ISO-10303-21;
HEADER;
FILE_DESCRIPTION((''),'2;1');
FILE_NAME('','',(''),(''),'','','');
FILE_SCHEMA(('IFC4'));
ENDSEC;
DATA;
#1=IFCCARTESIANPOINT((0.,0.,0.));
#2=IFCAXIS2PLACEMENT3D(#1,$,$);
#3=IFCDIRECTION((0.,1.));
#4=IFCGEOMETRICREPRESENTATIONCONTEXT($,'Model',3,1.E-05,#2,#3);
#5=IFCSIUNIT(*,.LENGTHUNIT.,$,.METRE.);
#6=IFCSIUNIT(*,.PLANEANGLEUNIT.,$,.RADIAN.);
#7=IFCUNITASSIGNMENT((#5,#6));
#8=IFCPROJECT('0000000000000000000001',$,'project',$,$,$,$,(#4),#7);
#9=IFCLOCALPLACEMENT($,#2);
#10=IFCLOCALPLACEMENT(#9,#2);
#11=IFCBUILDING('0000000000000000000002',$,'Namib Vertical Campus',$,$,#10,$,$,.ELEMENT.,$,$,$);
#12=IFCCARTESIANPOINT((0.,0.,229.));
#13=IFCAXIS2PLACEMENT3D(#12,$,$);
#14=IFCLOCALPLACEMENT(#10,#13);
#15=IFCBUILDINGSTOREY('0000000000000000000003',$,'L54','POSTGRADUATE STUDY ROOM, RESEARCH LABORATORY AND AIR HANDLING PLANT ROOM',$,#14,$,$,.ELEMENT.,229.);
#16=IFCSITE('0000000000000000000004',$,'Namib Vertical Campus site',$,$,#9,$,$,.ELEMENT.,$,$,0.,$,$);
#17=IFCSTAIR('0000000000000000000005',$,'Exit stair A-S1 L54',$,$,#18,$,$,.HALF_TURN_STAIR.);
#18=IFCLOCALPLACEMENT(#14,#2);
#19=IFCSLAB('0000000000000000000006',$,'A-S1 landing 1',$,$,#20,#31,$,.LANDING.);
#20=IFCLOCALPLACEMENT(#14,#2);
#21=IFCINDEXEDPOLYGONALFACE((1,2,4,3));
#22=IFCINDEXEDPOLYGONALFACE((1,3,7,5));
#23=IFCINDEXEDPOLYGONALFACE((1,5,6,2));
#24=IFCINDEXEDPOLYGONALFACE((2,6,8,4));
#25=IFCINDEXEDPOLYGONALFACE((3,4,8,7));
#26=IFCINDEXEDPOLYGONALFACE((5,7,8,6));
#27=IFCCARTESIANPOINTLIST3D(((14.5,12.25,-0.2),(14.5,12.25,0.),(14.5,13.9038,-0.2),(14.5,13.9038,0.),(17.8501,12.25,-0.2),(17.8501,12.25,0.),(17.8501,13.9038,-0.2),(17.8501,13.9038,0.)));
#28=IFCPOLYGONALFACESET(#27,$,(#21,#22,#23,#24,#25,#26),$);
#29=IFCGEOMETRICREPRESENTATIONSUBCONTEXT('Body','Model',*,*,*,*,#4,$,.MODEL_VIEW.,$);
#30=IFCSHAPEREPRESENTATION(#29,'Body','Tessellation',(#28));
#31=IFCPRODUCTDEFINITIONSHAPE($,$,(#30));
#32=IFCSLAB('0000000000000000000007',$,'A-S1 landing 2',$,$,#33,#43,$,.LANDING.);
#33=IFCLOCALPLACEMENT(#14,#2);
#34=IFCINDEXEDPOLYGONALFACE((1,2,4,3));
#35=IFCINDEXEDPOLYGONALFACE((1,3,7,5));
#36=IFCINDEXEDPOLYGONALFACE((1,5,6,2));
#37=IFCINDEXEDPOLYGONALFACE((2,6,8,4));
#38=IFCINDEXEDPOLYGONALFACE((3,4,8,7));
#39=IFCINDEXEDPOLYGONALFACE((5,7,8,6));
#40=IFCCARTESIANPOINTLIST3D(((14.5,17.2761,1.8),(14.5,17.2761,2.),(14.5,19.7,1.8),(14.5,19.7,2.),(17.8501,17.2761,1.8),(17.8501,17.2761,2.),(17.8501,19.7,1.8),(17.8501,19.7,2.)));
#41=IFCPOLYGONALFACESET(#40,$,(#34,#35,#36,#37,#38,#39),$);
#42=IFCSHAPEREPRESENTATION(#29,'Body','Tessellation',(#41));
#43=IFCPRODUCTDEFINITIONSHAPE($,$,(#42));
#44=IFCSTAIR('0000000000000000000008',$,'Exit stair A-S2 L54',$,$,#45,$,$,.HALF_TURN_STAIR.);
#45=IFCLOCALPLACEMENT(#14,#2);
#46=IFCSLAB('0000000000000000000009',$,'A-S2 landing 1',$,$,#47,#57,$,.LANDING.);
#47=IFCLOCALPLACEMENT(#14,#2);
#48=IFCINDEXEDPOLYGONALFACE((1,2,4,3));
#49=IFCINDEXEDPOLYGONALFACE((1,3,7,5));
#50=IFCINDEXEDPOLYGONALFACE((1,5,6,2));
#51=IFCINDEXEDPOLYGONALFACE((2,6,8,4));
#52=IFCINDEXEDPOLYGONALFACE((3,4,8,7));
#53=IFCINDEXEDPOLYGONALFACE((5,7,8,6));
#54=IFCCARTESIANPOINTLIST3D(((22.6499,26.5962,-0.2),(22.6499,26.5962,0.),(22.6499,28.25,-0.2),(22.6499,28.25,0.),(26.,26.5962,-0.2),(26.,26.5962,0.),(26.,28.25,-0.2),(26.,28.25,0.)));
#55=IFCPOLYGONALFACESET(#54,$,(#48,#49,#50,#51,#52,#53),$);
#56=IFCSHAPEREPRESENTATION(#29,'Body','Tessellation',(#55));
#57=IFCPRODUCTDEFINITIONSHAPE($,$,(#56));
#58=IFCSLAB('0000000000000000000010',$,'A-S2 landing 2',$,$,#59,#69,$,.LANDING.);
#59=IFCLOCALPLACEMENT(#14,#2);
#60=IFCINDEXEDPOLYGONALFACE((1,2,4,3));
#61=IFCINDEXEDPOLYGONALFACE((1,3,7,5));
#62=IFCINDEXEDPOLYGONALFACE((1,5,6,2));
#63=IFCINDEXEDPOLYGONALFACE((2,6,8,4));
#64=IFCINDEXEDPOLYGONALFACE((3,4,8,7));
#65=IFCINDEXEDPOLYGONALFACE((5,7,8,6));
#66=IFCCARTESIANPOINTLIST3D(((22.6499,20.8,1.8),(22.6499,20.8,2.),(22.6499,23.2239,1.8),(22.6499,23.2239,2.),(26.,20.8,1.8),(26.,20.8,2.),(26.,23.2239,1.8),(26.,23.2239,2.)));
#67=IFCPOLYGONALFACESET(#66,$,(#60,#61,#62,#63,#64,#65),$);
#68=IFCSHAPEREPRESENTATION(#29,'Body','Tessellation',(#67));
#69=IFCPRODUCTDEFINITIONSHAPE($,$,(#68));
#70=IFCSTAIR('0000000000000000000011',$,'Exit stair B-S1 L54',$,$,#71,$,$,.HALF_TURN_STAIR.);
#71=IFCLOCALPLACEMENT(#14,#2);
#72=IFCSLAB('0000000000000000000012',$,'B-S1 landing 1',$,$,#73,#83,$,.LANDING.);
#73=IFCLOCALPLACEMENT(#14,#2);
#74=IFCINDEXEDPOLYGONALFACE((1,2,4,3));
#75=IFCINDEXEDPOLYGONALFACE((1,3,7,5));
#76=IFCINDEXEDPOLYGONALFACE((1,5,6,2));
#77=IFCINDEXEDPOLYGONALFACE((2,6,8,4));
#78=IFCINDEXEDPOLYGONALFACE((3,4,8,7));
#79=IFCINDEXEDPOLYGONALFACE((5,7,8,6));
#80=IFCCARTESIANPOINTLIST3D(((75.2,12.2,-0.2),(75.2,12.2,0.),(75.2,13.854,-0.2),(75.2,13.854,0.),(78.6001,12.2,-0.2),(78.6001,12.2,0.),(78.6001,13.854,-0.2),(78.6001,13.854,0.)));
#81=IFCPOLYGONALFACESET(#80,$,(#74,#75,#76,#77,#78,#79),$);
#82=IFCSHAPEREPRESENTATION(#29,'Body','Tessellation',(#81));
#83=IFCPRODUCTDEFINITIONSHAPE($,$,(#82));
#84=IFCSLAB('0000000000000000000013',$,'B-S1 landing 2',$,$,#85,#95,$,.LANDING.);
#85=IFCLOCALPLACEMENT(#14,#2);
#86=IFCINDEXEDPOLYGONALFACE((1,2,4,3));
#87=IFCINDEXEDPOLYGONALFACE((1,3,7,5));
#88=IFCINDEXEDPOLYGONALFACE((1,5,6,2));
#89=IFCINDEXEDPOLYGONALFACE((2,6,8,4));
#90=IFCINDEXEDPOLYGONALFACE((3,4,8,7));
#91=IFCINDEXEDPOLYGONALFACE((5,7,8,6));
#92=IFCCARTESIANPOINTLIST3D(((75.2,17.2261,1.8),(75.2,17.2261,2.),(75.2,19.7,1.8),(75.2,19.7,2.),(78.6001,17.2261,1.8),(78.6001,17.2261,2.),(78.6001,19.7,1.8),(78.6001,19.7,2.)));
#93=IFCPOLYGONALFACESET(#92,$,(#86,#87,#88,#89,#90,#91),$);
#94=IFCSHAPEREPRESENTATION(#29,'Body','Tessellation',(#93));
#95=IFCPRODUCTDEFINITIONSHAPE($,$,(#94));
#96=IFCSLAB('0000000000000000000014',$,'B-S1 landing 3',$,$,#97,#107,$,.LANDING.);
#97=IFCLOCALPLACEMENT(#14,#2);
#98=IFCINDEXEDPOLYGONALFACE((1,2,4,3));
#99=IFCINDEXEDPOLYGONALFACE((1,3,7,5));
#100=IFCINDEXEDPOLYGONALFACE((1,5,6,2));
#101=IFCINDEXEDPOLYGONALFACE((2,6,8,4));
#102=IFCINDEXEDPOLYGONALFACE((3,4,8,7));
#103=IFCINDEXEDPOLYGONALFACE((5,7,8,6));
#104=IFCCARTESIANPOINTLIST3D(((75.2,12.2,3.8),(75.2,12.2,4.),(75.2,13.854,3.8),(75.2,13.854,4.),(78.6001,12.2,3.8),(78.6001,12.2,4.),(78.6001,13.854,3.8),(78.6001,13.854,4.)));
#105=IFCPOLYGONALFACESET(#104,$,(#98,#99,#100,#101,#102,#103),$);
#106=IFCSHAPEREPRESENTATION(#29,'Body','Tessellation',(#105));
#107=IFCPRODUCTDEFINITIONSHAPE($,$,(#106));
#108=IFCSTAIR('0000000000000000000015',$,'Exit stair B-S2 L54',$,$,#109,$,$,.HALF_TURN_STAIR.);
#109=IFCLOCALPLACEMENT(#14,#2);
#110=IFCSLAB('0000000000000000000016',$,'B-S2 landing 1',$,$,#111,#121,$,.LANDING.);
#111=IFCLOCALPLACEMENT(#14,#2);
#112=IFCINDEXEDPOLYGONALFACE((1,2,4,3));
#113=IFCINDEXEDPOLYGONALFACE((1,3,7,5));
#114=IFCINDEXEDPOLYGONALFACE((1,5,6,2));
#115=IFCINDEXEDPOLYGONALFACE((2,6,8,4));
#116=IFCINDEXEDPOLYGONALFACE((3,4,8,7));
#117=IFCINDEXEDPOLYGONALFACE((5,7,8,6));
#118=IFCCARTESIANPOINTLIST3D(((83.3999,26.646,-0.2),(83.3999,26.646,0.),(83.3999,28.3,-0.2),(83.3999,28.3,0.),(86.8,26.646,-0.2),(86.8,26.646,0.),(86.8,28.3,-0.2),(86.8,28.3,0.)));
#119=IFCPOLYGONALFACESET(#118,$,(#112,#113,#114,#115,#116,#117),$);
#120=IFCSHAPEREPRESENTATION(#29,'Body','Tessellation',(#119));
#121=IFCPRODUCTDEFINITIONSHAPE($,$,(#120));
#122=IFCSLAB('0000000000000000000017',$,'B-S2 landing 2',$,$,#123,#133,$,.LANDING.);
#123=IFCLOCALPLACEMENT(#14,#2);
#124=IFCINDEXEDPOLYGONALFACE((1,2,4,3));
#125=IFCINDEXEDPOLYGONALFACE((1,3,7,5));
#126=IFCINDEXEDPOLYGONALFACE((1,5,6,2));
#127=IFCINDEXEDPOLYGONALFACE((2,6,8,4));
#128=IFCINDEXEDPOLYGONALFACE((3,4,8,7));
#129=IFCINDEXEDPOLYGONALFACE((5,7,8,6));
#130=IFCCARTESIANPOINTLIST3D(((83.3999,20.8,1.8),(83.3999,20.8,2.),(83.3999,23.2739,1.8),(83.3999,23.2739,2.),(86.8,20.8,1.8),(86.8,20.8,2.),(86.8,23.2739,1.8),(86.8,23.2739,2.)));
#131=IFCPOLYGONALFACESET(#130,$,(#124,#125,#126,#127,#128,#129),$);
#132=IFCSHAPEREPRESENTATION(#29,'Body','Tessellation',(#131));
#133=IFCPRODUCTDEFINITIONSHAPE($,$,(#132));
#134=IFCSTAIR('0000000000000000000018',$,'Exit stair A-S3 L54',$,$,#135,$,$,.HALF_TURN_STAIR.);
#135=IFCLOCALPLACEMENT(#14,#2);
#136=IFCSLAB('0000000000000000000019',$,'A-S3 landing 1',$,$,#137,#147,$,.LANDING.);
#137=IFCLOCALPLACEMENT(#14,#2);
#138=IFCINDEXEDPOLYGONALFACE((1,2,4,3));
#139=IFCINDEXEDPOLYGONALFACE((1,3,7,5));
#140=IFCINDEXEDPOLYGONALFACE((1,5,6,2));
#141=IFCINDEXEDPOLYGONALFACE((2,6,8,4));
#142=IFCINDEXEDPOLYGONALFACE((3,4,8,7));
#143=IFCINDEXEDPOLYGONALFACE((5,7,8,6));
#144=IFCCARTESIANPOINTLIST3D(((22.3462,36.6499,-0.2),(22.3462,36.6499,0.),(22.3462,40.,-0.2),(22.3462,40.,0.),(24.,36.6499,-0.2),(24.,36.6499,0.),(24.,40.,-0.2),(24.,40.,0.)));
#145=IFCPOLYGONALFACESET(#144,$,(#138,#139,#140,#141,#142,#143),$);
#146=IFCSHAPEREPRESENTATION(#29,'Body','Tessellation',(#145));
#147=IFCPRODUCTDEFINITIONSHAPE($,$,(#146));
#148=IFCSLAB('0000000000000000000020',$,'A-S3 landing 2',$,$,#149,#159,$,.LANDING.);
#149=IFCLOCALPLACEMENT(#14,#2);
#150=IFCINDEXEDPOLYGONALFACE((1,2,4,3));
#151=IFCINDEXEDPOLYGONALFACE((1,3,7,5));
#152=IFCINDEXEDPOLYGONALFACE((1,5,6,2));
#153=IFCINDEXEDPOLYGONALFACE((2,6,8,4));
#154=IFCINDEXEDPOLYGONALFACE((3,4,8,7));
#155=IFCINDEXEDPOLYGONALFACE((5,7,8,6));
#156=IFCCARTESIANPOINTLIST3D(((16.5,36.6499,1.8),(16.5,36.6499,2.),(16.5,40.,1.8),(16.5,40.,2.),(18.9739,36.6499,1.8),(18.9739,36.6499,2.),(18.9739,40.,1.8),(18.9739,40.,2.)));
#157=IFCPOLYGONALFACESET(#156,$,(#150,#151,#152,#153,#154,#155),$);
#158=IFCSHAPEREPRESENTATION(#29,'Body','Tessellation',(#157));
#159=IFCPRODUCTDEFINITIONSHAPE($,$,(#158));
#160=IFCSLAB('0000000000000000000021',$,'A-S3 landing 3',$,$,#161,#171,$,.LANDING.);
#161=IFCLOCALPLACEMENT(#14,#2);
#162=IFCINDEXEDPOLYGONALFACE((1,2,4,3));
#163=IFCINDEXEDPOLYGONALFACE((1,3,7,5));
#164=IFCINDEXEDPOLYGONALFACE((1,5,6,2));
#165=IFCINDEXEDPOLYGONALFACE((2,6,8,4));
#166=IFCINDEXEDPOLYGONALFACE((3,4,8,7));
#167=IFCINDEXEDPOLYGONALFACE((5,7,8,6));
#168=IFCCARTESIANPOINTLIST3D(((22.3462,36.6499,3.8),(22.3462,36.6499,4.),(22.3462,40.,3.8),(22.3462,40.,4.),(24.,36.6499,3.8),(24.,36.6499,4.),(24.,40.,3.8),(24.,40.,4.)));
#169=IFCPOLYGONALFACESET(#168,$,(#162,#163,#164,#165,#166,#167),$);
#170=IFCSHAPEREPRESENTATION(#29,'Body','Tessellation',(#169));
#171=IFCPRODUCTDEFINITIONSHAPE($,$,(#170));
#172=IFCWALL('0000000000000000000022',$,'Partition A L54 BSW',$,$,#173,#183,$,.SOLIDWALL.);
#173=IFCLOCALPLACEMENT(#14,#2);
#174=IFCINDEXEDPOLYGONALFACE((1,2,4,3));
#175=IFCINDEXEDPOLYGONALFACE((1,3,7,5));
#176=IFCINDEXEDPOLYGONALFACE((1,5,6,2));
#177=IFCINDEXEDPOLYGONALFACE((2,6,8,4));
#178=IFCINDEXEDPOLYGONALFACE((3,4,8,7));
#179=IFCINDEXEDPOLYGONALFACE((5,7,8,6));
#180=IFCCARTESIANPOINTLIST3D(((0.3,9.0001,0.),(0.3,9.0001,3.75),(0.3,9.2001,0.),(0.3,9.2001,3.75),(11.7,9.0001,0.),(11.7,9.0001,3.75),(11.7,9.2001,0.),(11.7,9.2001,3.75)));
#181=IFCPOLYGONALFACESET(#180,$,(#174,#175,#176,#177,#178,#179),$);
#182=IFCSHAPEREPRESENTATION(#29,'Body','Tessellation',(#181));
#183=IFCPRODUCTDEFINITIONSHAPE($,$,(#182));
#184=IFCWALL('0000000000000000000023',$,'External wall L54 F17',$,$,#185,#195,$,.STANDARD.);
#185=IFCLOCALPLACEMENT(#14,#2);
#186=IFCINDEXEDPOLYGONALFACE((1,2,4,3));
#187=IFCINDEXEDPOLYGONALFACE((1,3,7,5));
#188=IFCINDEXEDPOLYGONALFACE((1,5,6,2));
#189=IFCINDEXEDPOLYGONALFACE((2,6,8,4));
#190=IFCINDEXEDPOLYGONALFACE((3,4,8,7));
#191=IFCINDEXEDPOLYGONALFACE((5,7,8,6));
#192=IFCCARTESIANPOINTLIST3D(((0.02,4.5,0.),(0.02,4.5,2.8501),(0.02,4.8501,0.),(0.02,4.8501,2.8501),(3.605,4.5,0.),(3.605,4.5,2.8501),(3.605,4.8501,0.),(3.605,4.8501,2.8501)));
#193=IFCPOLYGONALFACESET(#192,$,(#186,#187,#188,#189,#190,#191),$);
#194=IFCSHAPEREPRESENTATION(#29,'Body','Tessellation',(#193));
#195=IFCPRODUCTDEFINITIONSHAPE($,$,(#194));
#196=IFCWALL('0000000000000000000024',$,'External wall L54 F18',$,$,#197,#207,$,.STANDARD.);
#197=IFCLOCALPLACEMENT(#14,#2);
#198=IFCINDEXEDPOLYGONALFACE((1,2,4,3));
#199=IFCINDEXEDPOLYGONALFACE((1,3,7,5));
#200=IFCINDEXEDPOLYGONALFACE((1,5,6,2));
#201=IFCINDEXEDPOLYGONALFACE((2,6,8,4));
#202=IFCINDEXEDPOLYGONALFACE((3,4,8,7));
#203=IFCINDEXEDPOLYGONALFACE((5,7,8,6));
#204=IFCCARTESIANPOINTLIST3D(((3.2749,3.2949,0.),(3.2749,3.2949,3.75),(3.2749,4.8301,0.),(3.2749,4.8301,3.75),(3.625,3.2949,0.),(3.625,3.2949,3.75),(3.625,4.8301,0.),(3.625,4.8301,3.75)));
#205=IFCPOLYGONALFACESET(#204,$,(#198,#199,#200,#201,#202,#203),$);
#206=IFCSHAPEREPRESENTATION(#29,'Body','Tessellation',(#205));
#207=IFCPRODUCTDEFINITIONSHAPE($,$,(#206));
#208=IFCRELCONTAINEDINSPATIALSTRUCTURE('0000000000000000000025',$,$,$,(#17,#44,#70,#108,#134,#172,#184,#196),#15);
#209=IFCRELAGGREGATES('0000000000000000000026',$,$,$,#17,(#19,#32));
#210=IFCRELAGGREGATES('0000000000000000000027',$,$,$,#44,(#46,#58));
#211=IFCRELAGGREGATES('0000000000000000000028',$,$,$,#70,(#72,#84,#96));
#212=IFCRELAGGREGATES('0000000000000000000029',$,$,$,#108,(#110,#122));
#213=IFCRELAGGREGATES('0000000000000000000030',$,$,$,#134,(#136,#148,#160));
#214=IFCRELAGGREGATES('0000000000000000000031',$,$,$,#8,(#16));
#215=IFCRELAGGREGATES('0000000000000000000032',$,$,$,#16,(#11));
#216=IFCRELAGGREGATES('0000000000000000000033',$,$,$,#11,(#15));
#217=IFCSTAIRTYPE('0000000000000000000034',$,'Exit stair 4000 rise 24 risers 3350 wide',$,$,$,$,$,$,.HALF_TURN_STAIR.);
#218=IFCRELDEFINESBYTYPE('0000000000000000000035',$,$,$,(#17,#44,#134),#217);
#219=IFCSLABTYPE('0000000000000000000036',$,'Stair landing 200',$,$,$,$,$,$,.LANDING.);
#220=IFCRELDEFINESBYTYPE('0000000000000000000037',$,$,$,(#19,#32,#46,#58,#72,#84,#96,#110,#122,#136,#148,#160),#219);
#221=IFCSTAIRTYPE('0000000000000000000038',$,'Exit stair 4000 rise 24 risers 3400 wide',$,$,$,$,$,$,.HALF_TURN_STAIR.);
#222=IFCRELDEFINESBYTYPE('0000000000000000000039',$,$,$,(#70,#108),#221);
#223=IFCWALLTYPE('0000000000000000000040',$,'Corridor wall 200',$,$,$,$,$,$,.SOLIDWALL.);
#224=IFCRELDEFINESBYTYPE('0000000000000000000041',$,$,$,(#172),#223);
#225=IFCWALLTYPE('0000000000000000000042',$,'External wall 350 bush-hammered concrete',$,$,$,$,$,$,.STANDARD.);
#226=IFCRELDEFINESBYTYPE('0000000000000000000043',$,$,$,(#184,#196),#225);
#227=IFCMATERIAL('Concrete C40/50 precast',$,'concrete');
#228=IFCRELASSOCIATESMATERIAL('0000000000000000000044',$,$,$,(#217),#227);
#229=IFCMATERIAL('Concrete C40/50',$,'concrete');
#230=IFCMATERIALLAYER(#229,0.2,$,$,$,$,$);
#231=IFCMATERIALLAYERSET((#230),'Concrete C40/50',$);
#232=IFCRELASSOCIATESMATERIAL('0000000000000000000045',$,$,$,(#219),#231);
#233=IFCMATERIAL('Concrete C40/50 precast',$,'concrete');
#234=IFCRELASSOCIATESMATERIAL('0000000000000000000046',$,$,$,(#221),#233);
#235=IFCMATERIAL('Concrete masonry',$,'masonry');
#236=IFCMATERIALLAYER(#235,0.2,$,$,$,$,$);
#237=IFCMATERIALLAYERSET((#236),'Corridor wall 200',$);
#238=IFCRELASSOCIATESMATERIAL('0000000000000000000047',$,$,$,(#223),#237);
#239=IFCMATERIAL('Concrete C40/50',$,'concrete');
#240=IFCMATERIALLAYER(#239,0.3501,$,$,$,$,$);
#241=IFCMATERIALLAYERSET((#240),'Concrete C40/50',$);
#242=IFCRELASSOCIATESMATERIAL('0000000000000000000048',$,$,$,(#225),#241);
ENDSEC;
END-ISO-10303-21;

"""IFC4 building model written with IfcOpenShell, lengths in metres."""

from ifc_helpers import new_model, si_unit, direction, frame, frame_2d, origin, place, context, subcontext, project, spatial, polyline, rectangle, outline, extrude, material, layer, layer_set, type_object, element, aggregate, save


model = new_model("IFC4")

# Units and contexts
model_context = context("Model", 3, precision=1e-05, world=origin(), true_north=direction((0.0, 1.0)))
body_context = subcontext(model_context, "Body", "Model", "MODEL_VIEW")
ifc_project = project(units=[si_unit("LENGTHUNIT", "METRE"), si_unit("PLANEANGLEUNIT", "RADIAN")], contexts=[model_context])

# Site, building, storey
site_placement = place(None, origin())
site = spatial("IfcSite", under=ifc_project, at=site_placement, Name="Namib Vertical Campus site", CompositionType="ELEMENT", RefElevation=0.0)
building_placement = place(site_placement, origin())
building = spatial("IfcBuilding", under=site, at=building_placement, Name="Namib Vertical Campus", CompositionType="ELEMENT")
storey_placement = place(building_placement, frame((0.0, 0.0, 229.0)))
storey = spatial("IfcBuildingStorey", under=building, at=storey_placement, Name="L54", Description="POSTGRADUATE STUDY ROOM, RESEARCH LABORATORY AND AIR HANDLING PLANT ROOM", CompositionType="ELEMENT", Elevation=229.0)

# Stairs, slabs
ifc_material_1 = material(Name="Concrete C40/50 precast", Category="concrete")
stair_type_1 = type_object("IfcStairType", Name="Exit stair 4000 rise 24 risers 3350 wide", PredefinedType="HALF_TURN_STAIR", material=ifc_material_1)
stair_1_placement = place(storey_placement, origin())
stair_1 = element("IfcStair", 1, at=stair_1_placement, inside=storey, type_object=stair_type_1, Name="Exit stair A-S1 L54", PredefinedType="HALF_TURN_STAIR")
ifc_material_2 = material(Name="Concrete C40/50", Category="concrete")
ifc_layer_1 = layer(ifc_material_2, 0.2)
ifc_layer_set_1 = layer_set([ifc_layer_1], Name="Concrete C40/50")
slab_type_1 = type_object("IfcSlabType", Name="Stair landing 200", PredefinedType="LANDING", material=ifc_layer_set_1)
slab_1_placement = place(storey_placement, frame((0.0, 0.0, -0.2)))
slab_1 = element("IfcSlab", 2, at=slab_1_placement, type_object=slab_type_1, Name="A-S1 landing 1", PredefinedType="LANDING", context=body_context, shape_type="SweptSolid", body=[
    extrude(outline(polyline([(14.5, 12.25), (17.8501, 12.25), (17.8501, 13.9038), (14.5, 13.9038), (14.5, 12.25)])), origin(), (0.0, 0.0, 1.0), 0.2),
])
slab_2_placement = place(storey_placement, frame((0.0, 0.0, 1.8)))
slab_2 = element("IfcSlab", 3, at=slab_2_placement, type_object=slab_type_1, Name="A-S1 landing 2", PredefinedType="LANDING", context=body_context, shape_type="SweptSolid", body=[
    extrude(outline(polyline([(14.5, 17.2761), (17.8501, 17.2761), (17.8501, 19.7), (14.5, 19.7), (14.5, 17.2761)])), origin(), (0.0, 0.0, 1.0), 0.2),
])
aggregate(stair_1, [slab_1, slab_2])
stair_2_placement = place(storey_placement, origin())
stair_2 = element("IfcStair", 4, at=stair_2_placement, inside=storey, type_object=stair_type_1, Name="Exit stair A-S2 L54", PredefinedType="HALF_TURN_STAIR")
slab_3_placement = place(storey_placement, frame((0.0, 0.0, -0.2)))
slab_3 = element("IfcSlab", 5, at=slab_3_placement, type_object=slab_type_1, Name="A-S2 landing 1", PredefinedType="LANDING", context=body_context, shape_type="SweptSolid", body=[
    extrude(outline(polyline([(22.6499, 26.5962), (26.0, 26.5962), (26.0, 28.25), (22.6499, 28.25), (22.6499, 26.5962)])), origin(), (0.0, 0.0, 1.0), 0.2),
])
slab_4_placement = place(storey_placement, frame((0.0, 0.0, 1.8)))
slab_4 = element("IfcSlab", 6, at=slab_4_placement, type_object=slab_type_1, Name="A-S2 landing 2", PredefinedType="LANDING", context=body_context, shape_type="SweptSolid", body=[
    extrude(outline(polyline([(22.6499, 20.8), (26.0, 20.8), (26.0, 23.2239), (22.6499, 23.2239), (22.6499, 20.8)])), origin(), (0.0, 0.0, 1.0), 0.2),
])
aggregate(stair_2, [slab_3, slab_4])
ifc_material_3 = material(Name="Concrete C40/50 precast", Category="concrete")
stair_type_2 = type_object("IfcStairType", Name="Exit stair 4000 rise 24 risers 3400 wide", PredefinedType="HALF_TURN_STAIR", material=ifc_material_3)
stair_3_placement = place(storey_placement, origin())
stair_3 = element("IfcStair", 7, at=stair_3_placement, inside=storey, type_object=stair_type_2, Name="Exit stair B-S1 L54", PredefinedType="HALF_TURN_STAIR")
slab_5_placement = place(storey_placement, frame((0.0, 0.0, -0.2)))
slab_5 = element("IfcSlab", 8, at=slab_5_placement, type_object=slab_type_1, Name="B-S1 landing 1", PredefinedType="LANDING", context=body_context, shape_type="SweptSolid", body=[
    extrude(outline(polyline([(75.2, 12.2), (78.6001, 12.2), (78.6001, 13.854), (75.2, 13.854), (75.2, 12.2)])), origin(), (0.0, 0.0, 1.0), 0.2),
])
slab_6_placement = place(storey_placement, frame((0.0, 0.0, 1.8)))
slab_6 = element("IfcSlab", 9, at=slab_6_placement, type_object=slab_type_1, Name="B-S1 landing 2", PredefinedType="LANDING", context=body_context, shape_type="SweptSolid", body=[
    extrude(outline(polyline([(75.2, 17.2261), (78.6001, 17.2261), (78.6001, 19.7), (75.2, 19.7), (75.2, 17.2261)])), origin(), (0.0, 0.0, 1.0), 0.2),
])
slab_7_placement = place(storey_placement, frame((0.0, 0.0, 3.8)))
slab_7 = element("IfcSlab", 10, at=slab_7_placement, type_object=slab_type_1, Name="B-S1 landing 3", PredefinedType="LANDING", context=body_context, shape_type="SweptSolid", body=[
    extrude(outline(polyline([(75.2, 12.2), (78.6001, 12.2), (78.6001, 13.854), (75.2, 13.854), (75.2, 12.2)])), origin(), (0.0, 0.0, 1.0), 0.2),
])
aggregate(stair_3, [slab_5, slab_6, slab_7])
stair_4_placement = place(storey_placement, origin())
stair_4 = element("IfcStair", 11, at=stair_4_placement, inside=storey, type_object=stair_type_2, Name="Exit stair B-S2 L54", PredefinedType="HALF_TURN_STAIR")
slab_8_placement = place(storey_placement, frame((0.0, 0.0, -0.2)))
slab_8 = element("IfcSlab", 12, at=slab_8_placement, type_object=slab_type_1, Name="B-S2 landing 1", PredefinedType="LANDING", context=body_context, shape_type="SweptSolid", body=[
    extrude(outline(polyline([(83.3999, 26.646), (86.8, 26.646), (86.8, 28.3), (83.3999, 28.3), (83.3999, 26.646)])), origin(), (0.0, 0.0, 1.0), 0.2),
])
slab_9_placement = place(storey_placement, frame((0.0, 0.0, 1.8)))
slab_9 = element("IfcSlab", 13, at=slab_9_placement, type_object=slab_type_1, Name="B-S2 landing 2", PredefinedType="LANDING", context=body_context, shape_type="SweptSolid", body=[
    extrude(outline(polyline([(83.3999, 20.8), (86.8, 20.8), (86.8, 23.2739), (83.3999, 23.2739), (83.3999, 20.8)])), origin(), (0.0, 0.0, 1.0), 0.2),
])
aggregate(stair_4, [slab_8, slab_9])
stair_5_placement = place(storey_placement, origin())
stair_5 = element("IfcStair", 14, at=stair_5_placement, inside=storey, type_object=stair_type_1, Name="Exit stair A-S3 L54", PredefinedType="HALF_TURN_STAIR")
slab_10_placement = place(storey_placement, frame((0.0, 0.0, -0.2)))
slab_10 = element("IfcSlab", 15, at=slab_10_placement, type_object=slab_type_1, Name="A-S3 landing 1", PredefinedType="LANDING", context=body_context, shape_type="SweptSolid", body=[
    extrude(outline(polyline([(22.3462, 36.6499), (22.3462, 40.0), (24.0, 40.0), (24.0, 36.6499), (22.3462, 36.6499)])), origin(), (0.0, 0.0, 1.0), 0.2),
])
slab_11_placement = place(storey_placement, frame((0.0, 0.0, 1.8)))
slab_11 = element("IfcSlab", 16, at=slab_11_placement, type_object=slab_type_1, Name="A-S3 landing 2", PredefinedType="LANDING", context=body_context, shape_type="SweptSolid", body=[
    extrude(outline(polyline([(16.5, 36.6499), (16.5, 40.0), (18.9739, 40.0), (18.9739, 36.6499), (16.5, 36.6499)])), origin(), (0.0, 0.0, 1.0), 0.2),
])
slab_12_placement = place(storey_placement, frame((0.0, 0.0, 3.8)))
slab_12 = element("IfcSlab", 17, at=slab_12_placement, type_object=slab_type_1, Name="A-S3 landing 3", PredefinedType="LANDING", context=body_context, shape_type="SweptSolid", body=[
    extrude(outline(polyline([(22.3462, 36.6499), (22.3462, 40.0), (24.0, 40.0), (24.0, 36.6499), (22.3462, 36.6499)])), origin(), (0.0, 0.0, 1.0), 0.2),
])
aggregate(stair_5, [slab_10, slab_11, slab_12])

# Walls
ifc_material_4 = material(Name="Concrete masonry", Category="masonry")
ifc_layer_2 = layer(ifc_material_4, 0.2)
ifc_layer_set_2 = layer_set([ifc_layer_2], Name="Corridor wall 200")
wall_type_1 = type_object("IfcWallType", Name="Corridor wall 200", PredefinedType="SOLIDWALL", material=ifc_layer_set_2)
wall_1_placement = place(storey_placement, frame((0.3, 9.1001, 0.0), z_axis=(0.0, 0.0, 1.0), x_axis=(1.0, 0.0, 0.0)))
element("IfcWall", 18, at=wall_1_placement, inside=storey, type_object=wall_type_1, Name="Partition A L54 BSW", PredefinedType="SOLIDWALL", context=body_context, shape_type="SweptSolid", body=[
    extrude(rectangle(XDim=11.3999, YDim=0.2, at=frame_2d((5.7, 0.0))), origin(), (0.0, 0.0, 1.0), 3.75),
])
ifc_material_5 = material(Name="Concrete C40/50", Category="concrete")
ifc_layer_3 = layer(ifc_material_5, 0.3501)
ifc_layer_set_3 = layer_set([ifc_layer_3], Name="Concrete C40/50")
wall_type_2 = type_object("IfcWallType", Name="External wall 350 bush-hammered concrete", PredefinedType="STANDARD", material=ifc_layer_set_3)
wall_2_placement = place(storey_placement, frame((0.02, 4.675, 0.0), z_axis=(0.0, 0.0, 1.0), x_axis=(1.0, 0.0, 0.0)))
element("IfcWall", 19, at=wall_2_placement, inside=storey, type_object=wall_type_2, Name="External wall L54 F17", PredefinedType="STANDARD", context=body_context, shape_type="SweptSolid", body=[
    extrude(rectangle(XDim=3.585, YDim=0.3501, at=frame_2d((1.7925, 0.0))), origin(), (0.0, 0.0, 1.0), 2.8501),
])
for number, where, z_axis, x_axis, name in (
    (20, (3.45, 4.8301, 0.0), (0.0, 0.0, 1.0), (0.0, -1.0, 0.0), "External wall L54 F18"),
):
    element("IfcWall", number, at=place(storey_placement, frame(where, z_axis=z_axis, x_axis=x_axis)), inside=storey, type_object=wall_type_2, Name=name, PredefinedType="STANDARD", context=body_context, shape_type="SweptSolid", body=[
        extrude(rectangle(XDim=1.5352, YDim=0.3501, at=frame_2d((0.7676, 0.0))), origin(), (0.0, 0.0, 1.0), 3.75),
    ])

save(model, "model.ifc")
